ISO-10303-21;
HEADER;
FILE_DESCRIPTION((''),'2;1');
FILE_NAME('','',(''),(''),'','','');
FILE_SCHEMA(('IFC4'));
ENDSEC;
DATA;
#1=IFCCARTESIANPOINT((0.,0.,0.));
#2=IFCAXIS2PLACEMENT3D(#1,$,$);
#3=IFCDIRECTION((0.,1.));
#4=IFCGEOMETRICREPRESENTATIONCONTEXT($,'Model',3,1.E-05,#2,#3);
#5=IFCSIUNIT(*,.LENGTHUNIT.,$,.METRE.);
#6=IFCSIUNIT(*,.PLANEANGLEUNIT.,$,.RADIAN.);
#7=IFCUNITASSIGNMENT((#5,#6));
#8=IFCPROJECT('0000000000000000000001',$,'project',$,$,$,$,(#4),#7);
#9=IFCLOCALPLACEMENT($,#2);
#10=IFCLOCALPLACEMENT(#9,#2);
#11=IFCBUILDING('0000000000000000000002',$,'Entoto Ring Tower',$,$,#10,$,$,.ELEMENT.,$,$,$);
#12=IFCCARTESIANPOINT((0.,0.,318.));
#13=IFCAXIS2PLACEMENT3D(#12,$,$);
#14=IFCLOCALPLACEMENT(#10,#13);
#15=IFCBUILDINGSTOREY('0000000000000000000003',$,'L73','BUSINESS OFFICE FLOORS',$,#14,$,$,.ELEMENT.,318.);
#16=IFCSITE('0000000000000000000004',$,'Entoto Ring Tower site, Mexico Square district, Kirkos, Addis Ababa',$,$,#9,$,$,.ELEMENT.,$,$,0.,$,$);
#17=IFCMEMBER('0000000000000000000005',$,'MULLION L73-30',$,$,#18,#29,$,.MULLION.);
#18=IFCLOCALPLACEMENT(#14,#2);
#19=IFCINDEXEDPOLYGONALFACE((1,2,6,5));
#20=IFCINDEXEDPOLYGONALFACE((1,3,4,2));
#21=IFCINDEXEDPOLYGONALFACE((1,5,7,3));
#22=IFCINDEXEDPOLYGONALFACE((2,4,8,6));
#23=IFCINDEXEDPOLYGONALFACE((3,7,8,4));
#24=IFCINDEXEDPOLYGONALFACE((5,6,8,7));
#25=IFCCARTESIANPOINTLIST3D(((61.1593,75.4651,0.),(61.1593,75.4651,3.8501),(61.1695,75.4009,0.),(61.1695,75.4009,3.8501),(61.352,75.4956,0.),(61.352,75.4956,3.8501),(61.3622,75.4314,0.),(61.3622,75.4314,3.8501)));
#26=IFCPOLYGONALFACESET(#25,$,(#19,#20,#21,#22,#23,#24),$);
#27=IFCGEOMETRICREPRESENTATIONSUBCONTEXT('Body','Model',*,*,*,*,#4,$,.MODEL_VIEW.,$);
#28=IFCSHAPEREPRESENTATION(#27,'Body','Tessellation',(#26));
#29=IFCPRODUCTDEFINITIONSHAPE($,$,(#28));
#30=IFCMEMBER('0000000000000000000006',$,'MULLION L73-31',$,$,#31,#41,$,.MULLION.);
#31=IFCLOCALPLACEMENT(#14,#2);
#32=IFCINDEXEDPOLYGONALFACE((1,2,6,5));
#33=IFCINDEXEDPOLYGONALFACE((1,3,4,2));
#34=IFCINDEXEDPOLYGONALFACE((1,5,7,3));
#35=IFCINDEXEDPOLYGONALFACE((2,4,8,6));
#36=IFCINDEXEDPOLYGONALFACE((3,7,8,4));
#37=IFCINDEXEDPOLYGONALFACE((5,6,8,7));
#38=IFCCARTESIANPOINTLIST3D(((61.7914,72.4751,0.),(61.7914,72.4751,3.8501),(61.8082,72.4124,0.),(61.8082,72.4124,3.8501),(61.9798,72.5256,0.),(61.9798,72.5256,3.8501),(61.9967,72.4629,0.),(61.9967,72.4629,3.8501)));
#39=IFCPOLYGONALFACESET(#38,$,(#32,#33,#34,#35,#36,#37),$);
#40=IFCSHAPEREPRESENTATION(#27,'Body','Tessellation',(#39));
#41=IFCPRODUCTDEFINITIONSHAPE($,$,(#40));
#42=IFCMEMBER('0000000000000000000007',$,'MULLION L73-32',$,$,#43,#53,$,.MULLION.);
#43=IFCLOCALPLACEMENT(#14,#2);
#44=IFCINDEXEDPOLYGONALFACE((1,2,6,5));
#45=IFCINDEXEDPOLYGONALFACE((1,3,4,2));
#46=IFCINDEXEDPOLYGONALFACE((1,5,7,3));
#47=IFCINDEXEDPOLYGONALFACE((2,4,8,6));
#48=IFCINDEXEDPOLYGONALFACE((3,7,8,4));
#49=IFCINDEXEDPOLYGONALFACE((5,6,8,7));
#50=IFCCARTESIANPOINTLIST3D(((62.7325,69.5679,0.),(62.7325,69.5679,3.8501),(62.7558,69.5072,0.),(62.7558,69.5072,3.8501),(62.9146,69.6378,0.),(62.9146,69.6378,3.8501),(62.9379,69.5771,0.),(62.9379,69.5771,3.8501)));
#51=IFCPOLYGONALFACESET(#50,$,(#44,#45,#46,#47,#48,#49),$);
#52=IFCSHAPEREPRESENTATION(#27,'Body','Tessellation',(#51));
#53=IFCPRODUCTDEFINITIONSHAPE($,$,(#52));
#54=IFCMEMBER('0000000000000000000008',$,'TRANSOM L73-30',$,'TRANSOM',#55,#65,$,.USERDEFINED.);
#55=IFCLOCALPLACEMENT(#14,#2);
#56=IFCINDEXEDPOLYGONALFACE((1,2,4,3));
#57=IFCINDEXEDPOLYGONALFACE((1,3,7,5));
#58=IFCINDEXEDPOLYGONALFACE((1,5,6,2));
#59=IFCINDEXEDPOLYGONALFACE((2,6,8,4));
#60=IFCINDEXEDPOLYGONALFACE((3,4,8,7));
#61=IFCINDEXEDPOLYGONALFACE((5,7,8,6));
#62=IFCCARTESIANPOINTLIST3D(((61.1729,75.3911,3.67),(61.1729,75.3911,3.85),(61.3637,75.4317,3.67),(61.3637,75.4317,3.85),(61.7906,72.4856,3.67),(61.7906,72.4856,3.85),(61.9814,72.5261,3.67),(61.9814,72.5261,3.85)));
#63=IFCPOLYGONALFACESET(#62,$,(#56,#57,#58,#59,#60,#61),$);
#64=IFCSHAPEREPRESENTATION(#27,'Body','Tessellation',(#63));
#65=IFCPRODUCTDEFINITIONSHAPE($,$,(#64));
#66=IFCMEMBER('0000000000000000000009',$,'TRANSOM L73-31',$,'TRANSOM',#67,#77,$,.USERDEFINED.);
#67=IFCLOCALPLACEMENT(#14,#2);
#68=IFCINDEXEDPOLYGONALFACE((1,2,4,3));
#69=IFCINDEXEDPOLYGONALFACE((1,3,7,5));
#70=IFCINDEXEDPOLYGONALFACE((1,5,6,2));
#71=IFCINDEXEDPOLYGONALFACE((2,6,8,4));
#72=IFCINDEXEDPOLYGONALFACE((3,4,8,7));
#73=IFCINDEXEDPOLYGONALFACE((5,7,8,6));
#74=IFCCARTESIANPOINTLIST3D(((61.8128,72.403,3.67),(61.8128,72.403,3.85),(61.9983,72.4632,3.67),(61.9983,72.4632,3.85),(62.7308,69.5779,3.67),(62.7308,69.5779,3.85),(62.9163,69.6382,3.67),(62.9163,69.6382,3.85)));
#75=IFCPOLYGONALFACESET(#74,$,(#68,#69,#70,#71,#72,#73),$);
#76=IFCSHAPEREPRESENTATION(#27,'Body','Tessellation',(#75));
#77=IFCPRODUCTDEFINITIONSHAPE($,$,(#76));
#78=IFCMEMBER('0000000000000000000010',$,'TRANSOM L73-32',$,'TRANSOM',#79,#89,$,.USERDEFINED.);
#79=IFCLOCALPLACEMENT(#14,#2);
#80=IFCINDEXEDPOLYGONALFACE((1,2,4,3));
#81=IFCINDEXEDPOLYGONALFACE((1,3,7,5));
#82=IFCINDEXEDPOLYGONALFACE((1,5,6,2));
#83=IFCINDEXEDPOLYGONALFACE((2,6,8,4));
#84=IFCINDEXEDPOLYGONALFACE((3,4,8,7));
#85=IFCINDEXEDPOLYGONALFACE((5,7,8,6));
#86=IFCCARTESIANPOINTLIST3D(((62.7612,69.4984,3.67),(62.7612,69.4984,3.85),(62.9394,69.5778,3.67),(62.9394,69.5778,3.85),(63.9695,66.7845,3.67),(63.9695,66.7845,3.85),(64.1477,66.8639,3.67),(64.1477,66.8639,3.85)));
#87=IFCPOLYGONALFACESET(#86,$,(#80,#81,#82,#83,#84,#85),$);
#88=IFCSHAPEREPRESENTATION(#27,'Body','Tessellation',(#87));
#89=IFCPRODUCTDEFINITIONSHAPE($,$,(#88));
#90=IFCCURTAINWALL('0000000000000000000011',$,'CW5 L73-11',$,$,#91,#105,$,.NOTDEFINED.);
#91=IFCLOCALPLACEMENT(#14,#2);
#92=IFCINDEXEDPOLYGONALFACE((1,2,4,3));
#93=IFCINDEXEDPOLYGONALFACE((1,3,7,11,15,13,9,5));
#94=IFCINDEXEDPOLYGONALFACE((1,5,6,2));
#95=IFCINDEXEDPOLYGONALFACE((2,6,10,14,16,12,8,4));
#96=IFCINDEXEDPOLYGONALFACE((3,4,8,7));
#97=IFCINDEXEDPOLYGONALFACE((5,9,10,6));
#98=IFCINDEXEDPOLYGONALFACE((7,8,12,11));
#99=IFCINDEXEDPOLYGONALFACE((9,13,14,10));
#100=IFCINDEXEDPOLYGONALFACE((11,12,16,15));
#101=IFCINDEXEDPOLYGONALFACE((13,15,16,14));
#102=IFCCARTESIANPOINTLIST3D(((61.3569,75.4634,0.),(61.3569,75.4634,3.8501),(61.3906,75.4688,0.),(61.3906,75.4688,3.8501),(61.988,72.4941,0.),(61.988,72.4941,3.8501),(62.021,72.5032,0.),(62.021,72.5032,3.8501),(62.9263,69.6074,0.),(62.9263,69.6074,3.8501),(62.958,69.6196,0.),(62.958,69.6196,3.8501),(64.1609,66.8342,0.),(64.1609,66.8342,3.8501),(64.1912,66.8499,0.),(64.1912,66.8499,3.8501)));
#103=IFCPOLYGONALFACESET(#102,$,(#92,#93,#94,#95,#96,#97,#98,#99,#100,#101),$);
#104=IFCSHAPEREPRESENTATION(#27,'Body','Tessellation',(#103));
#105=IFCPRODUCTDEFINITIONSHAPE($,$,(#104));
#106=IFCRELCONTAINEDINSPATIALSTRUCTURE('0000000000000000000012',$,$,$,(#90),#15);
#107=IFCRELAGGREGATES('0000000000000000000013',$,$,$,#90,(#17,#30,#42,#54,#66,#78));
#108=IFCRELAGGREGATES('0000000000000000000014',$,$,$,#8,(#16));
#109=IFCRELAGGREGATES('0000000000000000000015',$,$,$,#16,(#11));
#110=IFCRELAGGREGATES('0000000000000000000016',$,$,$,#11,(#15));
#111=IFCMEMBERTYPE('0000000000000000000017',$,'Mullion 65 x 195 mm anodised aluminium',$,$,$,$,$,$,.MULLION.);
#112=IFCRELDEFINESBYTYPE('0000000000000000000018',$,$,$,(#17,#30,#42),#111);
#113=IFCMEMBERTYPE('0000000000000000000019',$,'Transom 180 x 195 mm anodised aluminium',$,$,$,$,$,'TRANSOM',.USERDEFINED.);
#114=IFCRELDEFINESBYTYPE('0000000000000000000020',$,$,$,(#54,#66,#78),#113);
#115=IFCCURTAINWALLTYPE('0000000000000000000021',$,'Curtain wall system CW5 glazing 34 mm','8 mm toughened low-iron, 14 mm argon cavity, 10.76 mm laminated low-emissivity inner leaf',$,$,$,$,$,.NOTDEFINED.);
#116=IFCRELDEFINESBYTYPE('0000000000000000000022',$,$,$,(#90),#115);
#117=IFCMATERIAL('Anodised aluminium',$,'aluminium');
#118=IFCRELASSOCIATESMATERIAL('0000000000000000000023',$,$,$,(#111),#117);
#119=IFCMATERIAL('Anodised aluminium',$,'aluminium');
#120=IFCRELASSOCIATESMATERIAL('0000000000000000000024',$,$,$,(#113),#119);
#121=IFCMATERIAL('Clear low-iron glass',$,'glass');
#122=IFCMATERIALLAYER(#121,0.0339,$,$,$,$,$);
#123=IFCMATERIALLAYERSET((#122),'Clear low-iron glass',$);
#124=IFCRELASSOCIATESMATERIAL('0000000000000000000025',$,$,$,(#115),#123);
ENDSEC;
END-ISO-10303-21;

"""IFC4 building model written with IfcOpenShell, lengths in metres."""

from ifc_helpers import new_model, si_unit, direction, frame, origin, origin_2d, place, context, subcontext, project, spatial, polyline, rectangle, outline, extrude, material, layer, layer_set, material_profile, profile_set, type_object, element, aggregate, save


model = new_model("IFC4")

# Units and contexts
model_context = context("Model", 3, precision=1e-05, world=origin(), true_north=direction((0.0, 1.0)))
body_context = subcontext(model_context, "Body", "Model", "MODEL_VIEW")
ifc_project = project(units=[si_unit("LENGTHUNIT", "METRE"), si_unit("PLANEANGLEUNIT", "RADIAN")], contexts=[model_context])

# Members
ifc_material_1 = material(Name="Anodised aluminium", Category="aluminium")
ifc_material_profile_1 = material_profile(ifc_material_1, rectangle(XDim=0.0649, YDim=0.1951, at=origin_2d()), Name="Mullion 65 x 195 mm anodised aluminium")
ifc_profile_set_1 = profile_set([ifc_material_profile_1], Name="Anodised aluminium")
member_type_1 = type_object("IfcMemberType", Name="Mullion 65 x 195 mm anodised aluminium", PredefinedType="MULLION", material=ifc_profile_set_1)
site_placement = place(None, origin())
building_placement = place(site_placement, origin())
storey_placement = place(building_placement, frame((0.0, 0.0, 318.0)))
member_1_placement = place(storey_placement, frame((61.2607, 75.4482, 0.0), z_axis=(0.0, 0.0, 1.0), x_axis=(0.156434, -0.987688, 0.0)))
member_1 = element("IfcMember", 1, at=member_1_placement, type_object=member_type_1, Name="MULLION L73-30", PredefinedType="MULLION", context=body_context, shape_type="SweptSolid", body=[
    extrude(rectangle(XDim=0.0649, YDim=0.1951, at=origin_2d()), origin(), (0.0, 0.0, 1.0), 3.8501),
])
member_2_placement = place(storey_placement, frame((61.894, 72.469, 0.0), z_axis=(0.0, 0.0, 1.0), x_axis=(0.258819, -0.965926, 0.0)))
member_2 = element("IfcMember", 2, at=member_2_placement, type_object=member_type_1, Name="MULLION L73-31", PredefinedType="MULLION", context=body_context, shape_type="SweptSolid", body=[
    extrude(rectangle(XDim=0.0649, YDim=0.1951, at=origin_2d()), origin(), (0.0, 0.0, 1.0), 3.8501),
])
member_3_placement = place(storey_placement, frame((62.8352, 69.5725, 0.0), z_axis=(0.0, 0.0, 1.0), x_axis=(0.358368, -0.93358, 0.0)))
member_3 = element("IfcMember", 3, at=member_3_placement, type_object=member_type_1, Name="MULLION L73-32", PredefinedType="MULLION", context=body_context, shape_type="SweptSolid", body=[
    extrude(rectangle(XDim=0.0649, YDim=0.1951, at=origin_2d()), origin(), (0.0, 0.0, 1.0), 3.8501),
])
ifc_material_2 = material(Name="Anodised aluminium", Category="aluminium")
ifc_material_profile_2 = material_profile(ifc_material_2, rectangle(XDim=0.1951, YDim=0.1799, at=origin_2d()), Name="Transom 180 x 195 mm anodised aluminium")
ifc_profile_set_2 = profile_set([ifc_material_profile_2], Name="Anodised aluminium")
member_type_2 = type_object("IfcMemberType", Name="Transom 180 x 195 mm anodised aluminium", ElementType="TRANSOM", PredefinedType="USERDEFINED", material=ifc_profile_set_2)
member_4_placement = place(storey_placement, frame((61.2683, 75.4114, 3.76), z_axis=(0.20794, -0.978142, 0.0), x_axis=(0.978142, 0.20794, 0.0)))
member_4 = element("IfcMember", 4, at=member_4_placement, type_object=member_type_2, Name="TRANSOM L73-30", ObjectType="TRANSOM", PredefinedType="USERDEFINED", context=body_context, shape_type="SweptSolid", body=[
    extrude(rectangle(XDim=0.1951, YDim=0.1799, at=origin_2d()), origin(), (0.0, 0.0, 1.0), 2.9705),
])
member_5_placement = place(storey_placement, frame((61.9055, 72.4331, 3.76), z_axis=(0.309043, -0.951048, 0.0), x_axis=(0.951048, 0.309043, 0.0)))
member_5 = element("IfcMember", 5, at=member_5_placement, type_object=member_type_2, Name="TRANSOM L73-31", ObjectType="TRANSOM", PredefinedType="USERDEFINED", context=body_context, shape_type="SweptSolid", body=[
    extrude(rectangle(XDim=0.1951, YDim=0.1799, at=origin_2d()), origin(), (0.0, 0.0, 1.0), 2.9705),
])
member_6_placement = place(storey_placement, frame((62.8503, 69.5381, 3.76), z_axis=(0.406726, -0.91355, 0.0), x_axis=(0.91355, 0.406726, 0.0)))
member_6 = element("IfcMember", 6, at=member_6_placement, type_object=member_type_2, Name="TRANSOM L73-32", ObjectType="TRANSOM", PredefinedType="USERDEFINED", context=body_context, shape_type="SweptSolid", body=[
    extrude(rectangle(XDim=0.1951, YDim=0.1799, at=origin_2d()), origin(), (0.0, 0.0, 1.0), 2.9707),
])

# Site, building, storey
site = spatial("IfcSite", under=ifc_project, at=site_placement, Name="Entoto Ring Tower site, Mexico Square district, Kirkos, Addis Ababa", CompositionType="ELEMENT", RefElevation=0.0)
building = spatial("IfcBuilding", under=site, at=building_placement, Name="Entoto Ring Tower", CompositionType="ELEMENT")
storey = spatial("IfcBuildingStorey", under=building, at=storey_placement, Name="L73", Description="BUSINESS OFFICE FLOORS", CompositionType="ELEMENT", Elevation=318.0)

# Curtain wall
ifc_material_3 = material(Name="Clear low-iron glass", Category="glass")
ifc_layer = layer(ifc_material_3, 0.0339)
ifc_layer_set = layer_set([ifc_layer], Name="Clear low-iron glass")
curtain_wall_type = type_object("IfcCurtainWallType", Name="Curtain wall system CW5 glazing 34 mm", Description="8 mm toughened low-iron, 14 mm argon cavity, 10.76 mm laminated low-emissivity inner leaf", PredefinedType="NOTDEFINED", material=ifc_layer_set)
curtain_wall_1_placement = place(storey_placement, origin())
curtain_wall_1 = element("IfcCurtainWall", 7, at=curtain_wall_1_placement, inside=storey, type_object=curtain_wall_type, Name="CW5 L73-11", PredefinedType="NOTDEFINED", context=body_context, shape_type="SweptSolid", body=[
    extrude(outline(polyline([(61.3569, 75.4634), (61.988, 72.4941), (62.9263, 69.6074), (64.1609, 66.8342), (64.1912, 66.8499), (62.958, 69.6196), (62.021, 72.5032), (61.3906, 75.4688), (61.3569, 75.4634)])), origin(), (0.0, 0.0, 1.0), 3.8501),
])
aggregate(curtain_wall_1, [member_1, member_2, member_3, member_4, member_5, member_6])

save(model, "model.ifc")
